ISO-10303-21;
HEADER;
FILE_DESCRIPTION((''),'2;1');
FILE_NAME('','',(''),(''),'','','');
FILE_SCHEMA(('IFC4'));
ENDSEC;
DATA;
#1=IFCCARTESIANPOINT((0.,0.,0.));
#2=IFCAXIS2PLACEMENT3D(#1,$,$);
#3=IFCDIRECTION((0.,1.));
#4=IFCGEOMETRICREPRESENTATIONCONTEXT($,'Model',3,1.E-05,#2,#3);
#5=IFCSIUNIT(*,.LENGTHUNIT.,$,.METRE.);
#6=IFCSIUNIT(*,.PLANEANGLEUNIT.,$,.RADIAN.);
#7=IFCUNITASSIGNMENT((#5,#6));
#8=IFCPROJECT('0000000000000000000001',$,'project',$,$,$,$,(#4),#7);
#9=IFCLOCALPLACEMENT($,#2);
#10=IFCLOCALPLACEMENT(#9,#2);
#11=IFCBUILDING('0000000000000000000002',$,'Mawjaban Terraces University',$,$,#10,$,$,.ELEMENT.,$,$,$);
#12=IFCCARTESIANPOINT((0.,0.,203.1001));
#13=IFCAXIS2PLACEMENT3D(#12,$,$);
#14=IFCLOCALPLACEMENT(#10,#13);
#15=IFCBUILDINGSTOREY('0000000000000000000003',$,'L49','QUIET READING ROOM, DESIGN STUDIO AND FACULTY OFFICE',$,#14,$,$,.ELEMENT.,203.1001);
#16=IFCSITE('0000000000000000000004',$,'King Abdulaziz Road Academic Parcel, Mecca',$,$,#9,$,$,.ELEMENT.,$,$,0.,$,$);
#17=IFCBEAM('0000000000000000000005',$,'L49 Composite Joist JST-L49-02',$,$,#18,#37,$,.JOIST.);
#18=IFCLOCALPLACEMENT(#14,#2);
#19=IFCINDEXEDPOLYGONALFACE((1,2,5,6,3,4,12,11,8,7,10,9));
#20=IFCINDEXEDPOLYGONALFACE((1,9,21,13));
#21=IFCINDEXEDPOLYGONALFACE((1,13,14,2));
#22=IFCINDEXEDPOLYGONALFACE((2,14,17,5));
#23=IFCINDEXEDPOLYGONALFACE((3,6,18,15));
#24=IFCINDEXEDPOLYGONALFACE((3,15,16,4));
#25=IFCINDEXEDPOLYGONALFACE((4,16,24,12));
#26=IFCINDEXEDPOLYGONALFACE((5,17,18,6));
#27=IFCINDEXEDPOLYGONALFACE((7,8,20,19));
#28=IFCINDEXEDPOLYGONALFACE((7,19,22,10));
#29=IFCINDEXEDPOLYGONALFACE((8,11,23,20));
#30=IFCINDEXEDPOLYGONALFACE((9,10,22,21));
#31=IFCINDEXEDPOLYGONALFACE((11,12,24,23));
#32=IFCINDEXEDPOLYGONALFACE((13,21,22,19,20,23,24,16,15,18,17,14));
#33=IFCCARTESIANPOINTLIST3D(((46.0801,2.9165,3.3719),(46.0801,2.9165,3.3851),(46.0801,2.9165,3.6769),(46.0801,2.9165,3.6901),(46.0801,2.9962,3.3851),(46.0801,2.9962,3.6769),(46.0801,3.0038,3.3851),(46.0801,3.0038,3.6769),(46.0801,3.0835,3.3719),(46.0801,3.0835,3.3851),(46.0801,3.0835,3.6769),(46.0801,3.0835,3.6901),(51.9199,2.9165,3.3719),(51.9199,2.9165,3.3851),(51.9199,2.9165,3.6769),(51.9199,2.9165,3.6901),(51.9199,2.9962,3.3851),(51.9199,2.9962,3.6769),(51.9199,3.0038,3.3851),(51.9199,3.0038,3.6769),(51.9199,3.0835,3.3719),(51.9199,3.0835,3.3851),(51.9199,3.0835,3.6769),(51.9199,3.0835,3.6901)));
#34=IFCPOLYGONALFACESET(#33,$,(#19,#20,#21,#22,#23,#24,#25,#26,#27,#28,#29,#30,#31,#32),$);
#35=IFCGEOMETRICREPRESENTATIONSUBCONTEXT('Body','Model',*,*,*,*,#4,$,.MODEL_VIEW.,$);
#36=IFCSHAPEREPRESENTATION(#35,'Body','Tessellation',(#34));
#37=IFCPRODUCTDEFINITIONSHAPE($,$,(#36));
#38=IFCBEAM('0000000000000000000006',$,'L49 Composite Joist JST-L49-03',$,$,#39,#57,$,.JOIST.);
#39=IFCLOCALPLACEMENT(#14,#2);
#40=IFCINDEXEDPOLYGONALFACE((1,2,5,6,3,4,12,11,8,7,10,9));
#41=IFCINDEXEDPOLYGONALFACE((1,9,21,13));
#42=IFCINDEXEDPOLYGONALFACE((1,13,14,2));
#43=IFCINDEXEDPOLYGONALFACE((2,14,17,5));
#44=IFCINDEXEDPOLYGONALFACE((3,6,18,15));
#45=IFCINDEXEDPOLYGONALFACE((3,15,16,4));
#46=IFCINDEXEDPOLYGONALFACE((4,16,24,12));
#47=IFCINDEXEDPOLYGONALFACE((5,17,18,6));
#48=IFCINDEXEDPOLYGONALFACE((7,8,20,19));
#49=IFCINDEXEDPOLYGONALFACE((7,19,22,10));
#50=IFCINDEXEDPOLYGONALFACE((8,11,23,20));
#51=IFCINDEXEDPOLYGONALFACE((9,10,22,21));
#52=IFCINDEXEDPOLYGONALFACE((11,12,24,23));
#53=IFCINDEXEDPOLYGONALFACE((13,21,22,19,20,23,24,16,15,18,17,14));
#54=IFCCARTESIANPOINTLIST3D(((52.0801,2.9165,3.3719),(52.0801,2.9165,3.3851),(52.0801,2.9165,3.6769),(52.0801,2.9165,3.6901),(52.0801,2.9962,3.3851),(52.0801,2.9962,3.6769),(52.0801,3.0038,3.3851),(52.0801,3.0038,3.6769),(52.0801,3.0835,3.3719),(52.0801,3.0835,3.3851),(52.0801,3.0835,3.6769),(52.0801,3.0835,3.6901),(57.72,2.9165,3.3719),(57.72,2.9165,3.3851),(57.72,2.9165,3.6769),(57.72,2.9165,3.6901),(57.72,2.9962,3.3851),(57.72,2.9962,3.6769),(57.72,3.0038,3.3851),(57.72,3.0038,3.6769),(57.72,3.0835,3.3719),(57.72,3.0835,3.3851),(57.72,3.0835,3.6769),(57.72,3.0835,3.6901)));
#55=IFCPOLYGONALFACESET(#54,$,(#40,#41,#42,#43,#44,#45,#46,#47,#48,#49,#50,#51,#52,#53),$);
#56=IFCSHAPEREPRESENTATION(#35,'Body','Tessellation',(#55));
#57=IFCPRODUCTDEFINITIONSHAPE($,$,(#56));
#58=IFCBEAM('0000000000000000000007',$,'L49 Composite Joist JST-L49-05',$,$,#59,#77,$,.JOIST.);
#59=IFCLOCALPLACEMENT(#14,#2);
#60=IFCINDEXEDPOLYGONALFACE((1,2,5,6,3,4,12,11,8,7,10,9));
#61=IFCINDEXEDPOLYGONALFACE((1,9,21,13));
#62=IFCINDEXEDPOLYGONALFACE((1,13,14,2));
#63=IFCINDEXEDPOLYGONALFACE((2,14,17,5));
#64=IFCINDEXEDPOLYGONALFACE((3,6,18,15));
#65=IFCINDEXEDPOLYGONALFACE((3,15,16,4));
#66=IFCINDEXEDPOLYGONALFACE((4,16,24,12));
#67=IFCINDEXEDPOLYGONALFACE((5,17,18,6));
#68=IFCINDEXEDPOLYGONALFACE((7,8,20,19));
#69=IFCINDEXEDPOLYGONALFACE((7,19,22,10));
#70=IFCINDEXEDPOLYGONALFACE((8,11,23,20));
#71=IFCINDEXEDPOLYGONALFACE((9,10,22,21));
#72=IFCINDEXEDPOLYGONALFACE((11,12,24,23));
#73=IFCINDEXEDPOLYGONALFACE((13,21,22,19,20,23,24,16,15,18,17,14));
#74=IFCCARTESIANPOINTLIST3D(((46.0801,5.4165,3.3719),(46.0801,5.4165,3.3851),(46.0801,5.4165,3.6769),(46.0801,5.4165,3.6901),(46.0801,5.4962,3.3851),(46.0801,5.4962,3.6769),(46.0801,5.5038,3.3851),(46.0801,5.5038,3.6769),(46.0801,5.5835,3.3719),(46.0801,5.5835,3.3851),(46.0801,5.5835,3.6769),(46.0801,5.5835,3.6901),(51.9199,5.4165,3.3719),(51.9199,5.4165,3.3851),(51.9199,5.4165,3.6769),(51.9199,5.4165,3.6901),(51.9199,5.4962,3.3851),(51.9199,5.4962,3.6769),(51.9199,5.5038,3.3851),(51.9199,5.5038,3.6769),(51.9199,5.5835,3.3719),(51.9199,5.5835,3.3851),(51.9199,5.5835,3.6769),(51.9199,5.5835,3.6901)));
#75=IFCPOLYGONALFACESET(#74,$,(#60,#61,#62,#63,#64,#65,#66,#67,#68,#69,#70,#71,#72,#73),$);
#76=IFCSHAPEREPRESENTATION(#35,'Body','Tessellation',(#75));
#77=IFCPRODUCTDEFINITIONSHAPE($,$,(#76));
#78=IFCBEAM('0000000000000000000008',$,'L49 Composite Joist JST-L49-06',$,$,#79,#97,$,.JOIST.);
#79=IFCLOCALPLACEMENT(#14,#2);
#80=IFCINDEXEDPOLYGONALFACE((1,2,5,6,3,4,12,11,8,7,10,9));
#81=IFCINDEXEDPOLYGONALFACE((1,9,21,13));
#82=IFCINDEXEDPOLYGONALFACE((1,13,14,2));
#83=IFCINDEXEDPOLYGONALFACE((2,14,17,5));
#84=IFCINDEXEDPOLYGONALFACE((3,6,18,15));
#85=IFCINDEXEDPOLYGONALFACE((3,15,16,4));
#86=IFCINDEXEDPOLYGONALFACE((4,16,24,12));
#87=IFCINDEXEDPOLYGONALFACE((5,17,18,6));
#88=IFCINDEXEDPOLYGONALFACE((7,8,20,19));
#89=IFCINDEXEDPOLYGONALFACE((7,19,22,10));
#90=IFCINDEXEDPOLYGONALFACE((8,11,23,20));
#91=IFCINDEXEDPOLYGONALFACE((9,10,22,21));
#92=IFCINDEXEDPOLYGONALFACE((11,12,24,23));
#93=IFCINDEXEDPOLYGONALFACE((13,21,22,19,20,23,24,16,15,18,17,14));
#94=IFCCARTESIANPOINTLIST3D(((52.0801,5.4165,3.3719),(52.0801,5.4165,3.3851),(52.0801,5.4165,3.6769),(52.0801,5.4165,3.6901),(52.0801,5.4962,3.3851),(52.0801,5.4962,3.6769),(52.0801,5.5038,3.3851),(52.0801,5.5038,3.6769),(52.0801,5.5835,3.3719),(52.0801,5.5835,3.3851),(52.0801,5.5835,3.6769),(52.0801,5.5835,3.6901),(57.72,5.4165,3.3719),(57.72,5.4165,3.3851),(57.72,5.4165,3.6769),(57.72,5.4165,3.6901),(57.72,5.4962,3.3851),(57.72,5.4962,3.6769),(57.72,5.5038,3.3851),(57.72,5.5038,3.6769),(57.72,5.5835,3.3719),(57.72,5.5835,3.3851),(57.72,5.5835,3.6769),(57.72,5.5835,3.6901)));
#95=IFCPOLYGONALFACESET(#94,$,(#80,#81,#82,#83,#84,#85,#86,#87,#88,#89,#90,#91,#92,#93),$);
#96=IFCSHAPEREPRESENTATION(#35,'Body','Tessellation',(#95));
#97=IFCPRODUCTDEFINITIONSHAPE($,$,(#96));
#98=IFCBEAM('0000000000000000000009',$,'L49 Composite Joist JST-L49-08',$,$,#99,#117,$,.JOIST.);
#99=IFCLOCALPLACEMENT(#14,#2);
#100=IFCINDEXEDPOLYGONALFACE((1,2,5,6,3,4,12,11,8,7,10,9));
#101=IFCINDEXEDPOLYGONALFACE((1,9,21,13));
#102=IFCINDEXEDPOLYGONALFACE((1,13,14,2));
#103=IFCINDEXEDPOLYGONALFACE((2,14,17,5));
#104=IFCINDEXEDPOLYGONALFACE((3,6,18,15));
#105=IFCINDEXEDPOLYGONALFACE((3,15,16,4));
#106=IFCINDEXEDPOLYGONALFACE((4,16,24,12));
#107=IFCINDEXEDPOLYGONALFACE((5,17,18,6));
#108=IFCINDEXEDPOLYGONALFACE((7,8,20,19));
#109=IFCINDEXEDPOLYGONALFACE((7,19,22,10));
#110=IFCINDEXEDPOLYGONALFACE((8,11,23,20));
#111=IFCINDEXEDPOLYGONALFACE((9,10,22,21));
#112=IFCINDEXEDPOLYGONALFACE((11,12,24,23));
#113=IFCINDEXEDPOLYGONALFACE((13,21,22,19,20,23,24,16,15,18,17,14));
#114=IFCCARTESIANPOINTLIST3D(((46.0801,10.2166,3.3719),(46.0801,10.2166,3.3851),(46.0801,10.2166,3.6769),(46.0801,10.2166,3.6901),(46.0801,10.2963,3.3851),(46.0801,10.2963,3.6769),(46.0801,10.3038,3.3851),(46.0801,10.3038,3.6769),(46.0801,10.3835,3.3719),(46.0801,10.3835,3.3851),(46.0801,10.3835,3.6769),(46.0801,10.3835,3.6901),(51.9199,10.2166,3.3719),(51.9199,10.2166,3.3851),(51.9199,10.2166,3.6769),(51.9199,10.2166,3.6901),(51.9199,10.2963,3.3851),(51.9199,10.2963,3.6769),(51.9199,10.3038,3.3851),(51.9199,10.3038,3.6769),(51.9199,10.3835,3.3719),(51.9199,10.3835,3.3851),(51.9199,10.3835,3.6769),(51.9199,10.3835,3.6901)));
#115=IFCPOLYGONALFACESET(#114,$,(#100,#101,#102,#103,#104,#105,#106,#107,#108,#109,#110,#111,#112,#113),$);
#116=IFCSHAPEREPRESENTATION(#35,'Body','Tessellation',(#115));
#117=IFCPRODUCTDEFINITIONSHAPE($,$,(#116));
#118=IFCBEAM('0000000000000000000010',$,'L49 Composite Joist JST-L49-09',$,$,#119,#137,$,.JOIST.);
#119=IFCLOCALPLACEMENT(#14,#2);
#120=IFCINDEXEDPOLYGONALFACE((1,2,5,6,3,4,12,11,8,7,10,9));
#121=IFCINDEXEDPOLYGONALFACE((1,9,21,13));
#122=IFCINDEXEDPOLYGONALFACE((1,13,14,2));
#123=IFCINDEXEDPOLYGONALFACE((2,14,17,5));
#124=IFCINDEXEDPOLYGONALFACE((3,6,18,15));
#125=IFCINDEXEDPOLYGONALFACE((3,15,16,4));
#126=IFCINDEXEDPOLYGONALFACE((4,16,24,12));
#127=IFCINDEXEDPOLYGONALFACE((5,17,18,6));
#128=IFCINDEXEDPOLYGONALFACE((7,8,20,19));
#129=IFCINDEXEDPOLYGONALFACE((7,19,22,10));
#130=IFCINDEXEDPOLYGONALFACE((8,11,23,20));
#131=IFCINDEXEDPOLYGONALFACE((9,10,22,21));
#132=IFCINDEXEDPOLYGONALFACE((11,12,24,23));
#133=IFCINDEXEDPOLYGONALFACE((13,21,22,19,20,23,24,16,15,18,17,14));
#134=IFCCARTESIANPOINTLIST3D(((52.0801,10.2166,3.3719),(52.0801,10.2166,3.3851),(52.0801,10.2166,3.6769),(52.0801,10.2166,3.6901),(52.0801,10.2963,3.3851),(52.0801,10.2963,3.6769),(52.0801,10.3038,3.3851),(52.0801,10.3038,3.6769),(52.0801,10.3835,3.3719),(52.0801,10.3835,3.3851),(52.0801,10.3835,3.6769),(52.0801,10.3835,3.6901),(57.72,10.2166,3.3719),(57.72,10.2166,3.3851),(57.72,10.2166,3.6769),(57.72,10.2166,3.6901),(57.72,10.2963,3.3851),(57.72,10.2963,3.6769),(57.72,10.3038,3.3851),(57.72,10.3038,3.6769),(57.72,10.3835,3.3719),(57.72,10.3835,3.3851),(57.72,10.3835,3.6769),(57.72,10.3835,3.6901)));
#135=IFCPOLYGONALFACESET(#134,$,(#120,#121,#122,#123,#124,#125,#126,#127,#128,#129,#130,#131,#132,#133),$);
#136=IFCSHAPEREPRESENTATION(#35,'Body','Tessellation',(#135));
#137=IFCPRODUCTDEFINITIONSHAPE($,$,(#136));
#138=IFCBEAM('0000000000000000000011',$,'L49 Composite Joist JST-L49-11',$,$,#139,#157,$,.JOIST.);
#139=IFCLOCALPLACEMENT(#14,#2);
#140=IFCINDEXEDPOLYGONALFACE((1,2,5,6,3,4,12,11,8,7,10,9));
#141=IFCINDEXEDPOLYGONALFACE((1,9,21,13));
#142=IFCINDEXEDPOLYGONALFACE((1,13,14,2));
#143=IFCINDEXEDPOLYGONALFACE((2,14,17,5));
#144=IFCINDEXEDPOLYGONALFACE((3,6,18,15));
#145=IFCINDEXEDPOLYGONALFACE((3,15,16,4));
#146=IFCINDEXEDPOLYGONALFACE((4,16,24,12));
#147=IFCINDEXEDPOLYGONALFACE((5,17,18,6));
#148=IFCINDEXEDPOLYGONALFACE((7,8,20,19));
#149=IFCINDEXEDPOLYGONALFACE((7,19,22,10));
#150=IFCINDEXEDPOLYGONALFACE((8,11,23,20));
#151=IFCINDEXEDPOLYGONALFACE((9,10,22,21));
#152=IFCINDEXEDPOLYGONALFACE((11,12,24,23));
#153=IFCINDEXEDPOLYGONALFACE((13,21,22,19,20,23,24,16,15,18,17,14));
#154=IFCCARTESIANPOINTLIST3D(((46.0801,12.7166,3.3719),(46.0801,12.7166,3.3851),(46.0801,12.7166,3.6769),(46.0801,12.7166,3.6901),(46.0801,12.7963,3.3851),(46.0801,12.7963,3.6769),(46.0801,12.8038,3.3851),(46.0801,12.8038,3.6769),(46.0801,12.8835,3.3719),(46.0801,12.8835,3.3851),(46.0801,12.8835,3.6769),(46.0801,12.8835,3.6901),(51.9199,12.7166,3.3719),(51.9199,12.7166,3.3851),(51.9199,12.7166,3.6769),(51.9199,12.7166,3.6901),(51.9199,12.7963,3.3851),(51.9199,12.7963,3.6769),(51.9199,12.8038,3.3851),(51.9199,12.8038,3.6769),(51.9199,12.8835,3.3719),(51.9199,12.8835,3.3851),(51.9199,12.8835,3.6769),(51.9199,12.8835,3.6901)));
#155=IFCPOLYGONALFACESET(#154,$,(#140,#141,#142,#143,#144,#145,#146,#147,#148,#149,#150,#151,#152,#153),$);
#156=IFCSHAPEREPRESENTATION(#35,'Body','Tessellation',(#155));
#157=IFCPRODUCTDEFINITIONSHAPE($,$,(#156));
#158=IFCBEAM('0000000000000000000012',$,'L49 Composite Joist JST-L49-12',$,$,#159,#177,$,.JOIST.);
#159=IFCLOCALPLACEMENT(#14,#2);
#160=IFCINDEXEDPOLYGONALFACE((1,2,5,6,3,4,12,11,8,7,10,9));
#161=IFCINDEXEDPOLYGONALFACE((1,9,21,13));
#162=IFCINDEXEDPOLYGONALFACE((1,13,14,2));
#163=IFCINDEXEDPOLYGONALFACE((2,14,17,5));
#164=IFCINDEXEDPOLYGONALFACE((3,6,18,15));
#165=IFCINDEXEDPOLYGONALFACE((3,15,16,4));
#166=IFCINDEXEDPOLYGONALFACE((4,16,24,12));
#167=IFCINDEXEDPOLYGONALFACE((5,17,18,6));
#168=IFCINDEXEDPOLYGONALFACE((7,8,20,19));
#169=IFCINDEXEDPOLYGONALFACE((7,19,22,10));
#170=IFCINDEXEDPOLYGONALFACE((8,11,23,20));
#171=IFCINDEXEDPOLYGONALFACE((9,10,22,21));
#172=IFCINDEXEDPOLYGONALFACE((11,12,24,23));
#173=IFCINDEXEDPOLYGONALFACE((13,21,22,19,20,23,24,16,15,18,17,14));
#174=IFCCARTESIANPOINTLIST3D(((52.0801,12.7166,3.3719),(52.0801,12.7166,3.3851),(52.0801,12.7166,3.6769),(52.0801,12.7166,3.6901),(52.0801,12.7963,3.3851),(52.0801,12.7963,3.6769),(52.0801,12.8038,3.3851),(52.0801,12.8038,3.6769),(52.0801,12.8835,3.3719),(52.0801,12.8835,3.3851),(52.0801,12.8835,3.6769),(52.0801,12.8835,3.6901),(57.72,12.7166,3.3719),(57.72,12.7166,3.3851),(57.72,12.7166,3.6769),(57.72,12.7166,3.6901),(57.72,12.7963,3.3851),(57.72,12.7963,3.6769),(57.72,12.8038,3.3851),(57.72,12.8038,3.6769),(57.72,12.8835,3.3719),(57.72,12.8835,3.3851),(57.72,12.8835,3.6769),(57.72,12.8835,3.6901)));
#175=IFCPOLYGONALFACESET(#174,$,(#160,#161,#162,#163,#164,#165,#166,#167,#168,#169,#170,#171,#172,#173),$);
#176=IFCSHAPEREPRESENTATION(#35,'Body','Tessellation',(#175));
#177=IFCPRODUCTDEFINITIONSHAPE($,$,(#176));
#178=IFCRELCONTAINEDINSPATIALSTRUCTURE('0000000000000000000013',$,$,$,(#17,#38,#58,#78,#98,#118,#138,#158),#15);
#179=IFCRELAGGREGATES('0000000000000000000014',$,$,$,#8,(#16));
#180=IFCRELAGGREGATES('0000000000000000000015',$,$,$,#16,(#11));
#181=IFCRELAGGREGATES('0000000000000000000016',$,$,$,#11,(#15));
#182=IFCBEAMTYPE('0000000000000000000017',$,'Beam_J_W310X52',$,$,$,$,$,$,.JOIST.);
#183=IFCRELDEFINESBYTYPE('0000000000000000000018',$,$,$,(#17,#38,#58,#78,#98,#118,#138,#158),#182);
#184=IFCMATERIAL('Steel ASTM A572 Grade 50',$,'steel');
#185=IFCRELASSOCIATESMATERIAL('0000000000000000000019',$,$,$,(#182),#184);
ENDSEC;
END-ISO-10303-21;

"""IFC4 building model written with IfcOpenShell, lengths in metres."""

from ifc_helpers import new_model, si_unit, direction, frame, origin, origin_2d, place, context, subcontext, project, spatial, i_section, extrude, material, material_profile, profile_set, type_object, element, save


model = new_model("IFC4")

# Units and contexts
model_context = context("Model", 3, precision=1e-05, world=origin(), true_north=direction((0.0, 1.0)))
body_context = subcontext(model_context, "Body", "Model", "MODEL_VIEW")
ifc_project = project(units=[si_unit("LENGTHUNIT", "METRE"), si_unit("PLANEANGLEUNIT", "RADIAN")], contexts=[model_context])

# Site, building, storey
site_placement = place(None, origin())
site = spatial("IfcSite", under=ifc_project, at=site_placement, Name="King Abdulaziz Road Academic Parcel, Mecca", CompositionType="ELEMENT", RefElevation=0.0)
building_placement = place(site_placement, origin())
building = spatial("IfcBuilding", under=site, at=building_placement, Name="Mawjaban Terraces University", CompositionType="ELEMENT")
storey_placement = place(building_placement, frame((0.0, 0.0, 203.1001)))
storey = spatial("IfcBuildingStorey", under=building, at=storey_placement, Name="L49", Description="QUIET READING ROOM, DESIGN STUDIO AND FACULTY OFFICE", CompositionType="ELEMENT", Elevation=203.1001)

# Beams
ifc_material_1 = material(Name="Steel ASTM A572 Grade 50", Category="steel")
ifc_material_profile_1 = material_profile(ifc_material_1, i_section(OverallWidth=0.167, OverallDepth=0.3181, WebThickness=0.0076, FlangeThickness=0.0132, at=origin_2d()), Name="W310X52")
ifc_profile_set_1 = profile_set([ifc_material_profile_1], Name="Steel ASTM A572 Grade 50")
beam_type_1 = type_object("IfcBeamType", Name="Beam_J_W310X52", PredefinedType="JOIST", material=ifc_profile_set_1)
beam_1_placement = place(storey_placement, frame((46.0801, 3.0, 3.531), z_axis=(1.0, 0.0, 0.0), x_axis=(0.0, 1.0, 0.0)))
element("IfcBeam", 1, at=beam_1_placement, inside=storey, type_object=beam_type_1, Name="L49 Composite Joist JST-L49-02", PredefinedType="JOIST", context=body_context, shape_type="SweptSolid", body=[
    extrude(i_section(OverallWidth=0.167, OverallDepth=0.3181, WebThickness=0.0076, FlangeThickness=0.0132, at=origin_2d()), origin(), (0.0, 0.0, 1.0), 5.8398),
])
beam_2_placement = place(storey_placement, frame((52.0801, 3.0, 3.531), z_axis=(1.0, 0.0, 0.0), x_axis=(0.0, 1.0, 0.0)))
element("IfcBeam", 2, at=beam_2_placement, inside=storey, type_object=beam_type_1, Name="L49 Composite Joist JST-L49-03", PredefinedType="JOIST", context=body_context, shape_type="SweptSolid", body=[
    extrude(i_section(OverallWidth=0.167, OverallDepth=0.3181, WebThickness=0.0076, FlangeThickness=0.0132, at=origin_2d()), origin(), (0.0, 0.0, 1.0), 5.6399),
])
beam_3_placement = place(storey_placement, frame((46.0801, 5.5, 3.531), z_axis=(1.0, 0.0, 0.0), x_axis=(0.0, 1.0, 0.0)))
element("IfcBeam", 3, at=beam_3_placement, inside=storey, type_object=beam_type_1, Name="L49 Composite Joist JST-L49-05", PredefinedType="JOIST", context=body_context, shape_type="SweptSolid", body=[
    extrude(i_section(OverallWidth=0.167, OverallDepth=0.3181, WebThickness=0.0076, FlangeThickness=0.0132, at=origin_2d()), origin(), (0.0, 0.0, 1.0), 5.8398),
])
beam_4_placement = place(storey_placement, frame((52.0801, 5.5, 3.531), z_axis=(1.0, 0.0, 0.0), x_axis=(0.0, 1.0, 0.0)))
element("IfcBeam", 4, at=beam_4_placement, inside=storey, type_object=beam_type_1, Name="L49 Composite Joist JST-L49-06", PredefinedType="JOIST", context=body_context, shape_type="SweptSolid", body=[
    extrude(i_section(OverallWidth=0.167, OverallDepth=0.3181, WebThickness=0.0076, FlangeThickness=0.0132, at=origin_2d()), origin(), (0.0, 0.0, 1.0), 5.6399),
])
beam_5_placement = place(storey_placement, frame((46.0801, 10.3, 3.531), z_axis=(1.0, 0.0, 0.0), x_axis=(0.0, 1.0, 0.0)))
element("IfcBeam", 5, at=beam_5_placement, inside=storey, type_object=beam_type_1, Name="L49 Composite Joist JST-L49-08", PredefinedType="JOIST", context=body_context, shape_type="SweptSolid", body=[
    extrude(i_section(OverallWidth=0.167, OverallDepth=0.3181, WebThickness=0.0076, FlangeThickness=0.0132, at=origin_2d()), origin(), (0.0, 0.0, 1.0), 5.8398),
])
beam_6_placement = place(storey_placement, frame((52.0801, 10.3, 3.531), z_axis=(1.0, 0.0, 0.0), x_axis=(0.0, 1.0, 0.0)))
element("IfcBeam", 6, at=beam_6_placement, inside=storey, type_object=beam_type_1, Name="L49 Composite Joist JST-L49-09", PredefinedType="JOIST", context=body_context, shape_type="SweptSolid", body=[
    extrude(i_section(OverallWidth=0.167, OverallDepth=0.3181, WebThickness=0.0076, FlangeThickness=0.0132, at=origin_2d()), origin(), (0.0, 0.0, 1.0), 5.6399),
])
beam_7_placement = place(storey_placement, frame((46.0801, 12.8, 3.531), z_axis=(1.0, 0.0, 0.0), x_axis=(0.0, 1.0, 0.0)))
element("IfcBeam", 7, at=beam_7_placement, inside=storey, type_object=beam_type_1, Name="L49 Composite Joist JST-L49-11", PredefinedType="JOIST", context=body_context, shape_type="SweptSolid", body=[
    extrude(i_section(OverallWidth=0.167, OverallDepth=0.3181, WebThickness=0.0076, FlangeThickness=0.0132, at=origin_2d()), origin(), (0.0, 0.0, 1.0), 5.8398),
])
beam_8_placement = place(storey_placement, frame((52.0801, 12.8, 3.531), z_axis=(1.0, 0.0, 0.0), x_axis=(0.0, 1.0, 0.0)))
element("IfcBeam", 8, at=beam_8_placement, inside=storey, type_object=beam_type_1, Name="L49 Composite Joist JST-L49-12", PredefinedType="JOIST", context=body_context, shape_type="SweptSolid", body=[
    extrude(i_section(OverallWidth=0.167, OverallDepth=0.3181, WebThickness=0.0076, FlangeThickness=0.0132, at=origin_2d()), origin(), (0.0, 0.0, 1.0), 5.6399),
])

save(model, "model.ifc")
